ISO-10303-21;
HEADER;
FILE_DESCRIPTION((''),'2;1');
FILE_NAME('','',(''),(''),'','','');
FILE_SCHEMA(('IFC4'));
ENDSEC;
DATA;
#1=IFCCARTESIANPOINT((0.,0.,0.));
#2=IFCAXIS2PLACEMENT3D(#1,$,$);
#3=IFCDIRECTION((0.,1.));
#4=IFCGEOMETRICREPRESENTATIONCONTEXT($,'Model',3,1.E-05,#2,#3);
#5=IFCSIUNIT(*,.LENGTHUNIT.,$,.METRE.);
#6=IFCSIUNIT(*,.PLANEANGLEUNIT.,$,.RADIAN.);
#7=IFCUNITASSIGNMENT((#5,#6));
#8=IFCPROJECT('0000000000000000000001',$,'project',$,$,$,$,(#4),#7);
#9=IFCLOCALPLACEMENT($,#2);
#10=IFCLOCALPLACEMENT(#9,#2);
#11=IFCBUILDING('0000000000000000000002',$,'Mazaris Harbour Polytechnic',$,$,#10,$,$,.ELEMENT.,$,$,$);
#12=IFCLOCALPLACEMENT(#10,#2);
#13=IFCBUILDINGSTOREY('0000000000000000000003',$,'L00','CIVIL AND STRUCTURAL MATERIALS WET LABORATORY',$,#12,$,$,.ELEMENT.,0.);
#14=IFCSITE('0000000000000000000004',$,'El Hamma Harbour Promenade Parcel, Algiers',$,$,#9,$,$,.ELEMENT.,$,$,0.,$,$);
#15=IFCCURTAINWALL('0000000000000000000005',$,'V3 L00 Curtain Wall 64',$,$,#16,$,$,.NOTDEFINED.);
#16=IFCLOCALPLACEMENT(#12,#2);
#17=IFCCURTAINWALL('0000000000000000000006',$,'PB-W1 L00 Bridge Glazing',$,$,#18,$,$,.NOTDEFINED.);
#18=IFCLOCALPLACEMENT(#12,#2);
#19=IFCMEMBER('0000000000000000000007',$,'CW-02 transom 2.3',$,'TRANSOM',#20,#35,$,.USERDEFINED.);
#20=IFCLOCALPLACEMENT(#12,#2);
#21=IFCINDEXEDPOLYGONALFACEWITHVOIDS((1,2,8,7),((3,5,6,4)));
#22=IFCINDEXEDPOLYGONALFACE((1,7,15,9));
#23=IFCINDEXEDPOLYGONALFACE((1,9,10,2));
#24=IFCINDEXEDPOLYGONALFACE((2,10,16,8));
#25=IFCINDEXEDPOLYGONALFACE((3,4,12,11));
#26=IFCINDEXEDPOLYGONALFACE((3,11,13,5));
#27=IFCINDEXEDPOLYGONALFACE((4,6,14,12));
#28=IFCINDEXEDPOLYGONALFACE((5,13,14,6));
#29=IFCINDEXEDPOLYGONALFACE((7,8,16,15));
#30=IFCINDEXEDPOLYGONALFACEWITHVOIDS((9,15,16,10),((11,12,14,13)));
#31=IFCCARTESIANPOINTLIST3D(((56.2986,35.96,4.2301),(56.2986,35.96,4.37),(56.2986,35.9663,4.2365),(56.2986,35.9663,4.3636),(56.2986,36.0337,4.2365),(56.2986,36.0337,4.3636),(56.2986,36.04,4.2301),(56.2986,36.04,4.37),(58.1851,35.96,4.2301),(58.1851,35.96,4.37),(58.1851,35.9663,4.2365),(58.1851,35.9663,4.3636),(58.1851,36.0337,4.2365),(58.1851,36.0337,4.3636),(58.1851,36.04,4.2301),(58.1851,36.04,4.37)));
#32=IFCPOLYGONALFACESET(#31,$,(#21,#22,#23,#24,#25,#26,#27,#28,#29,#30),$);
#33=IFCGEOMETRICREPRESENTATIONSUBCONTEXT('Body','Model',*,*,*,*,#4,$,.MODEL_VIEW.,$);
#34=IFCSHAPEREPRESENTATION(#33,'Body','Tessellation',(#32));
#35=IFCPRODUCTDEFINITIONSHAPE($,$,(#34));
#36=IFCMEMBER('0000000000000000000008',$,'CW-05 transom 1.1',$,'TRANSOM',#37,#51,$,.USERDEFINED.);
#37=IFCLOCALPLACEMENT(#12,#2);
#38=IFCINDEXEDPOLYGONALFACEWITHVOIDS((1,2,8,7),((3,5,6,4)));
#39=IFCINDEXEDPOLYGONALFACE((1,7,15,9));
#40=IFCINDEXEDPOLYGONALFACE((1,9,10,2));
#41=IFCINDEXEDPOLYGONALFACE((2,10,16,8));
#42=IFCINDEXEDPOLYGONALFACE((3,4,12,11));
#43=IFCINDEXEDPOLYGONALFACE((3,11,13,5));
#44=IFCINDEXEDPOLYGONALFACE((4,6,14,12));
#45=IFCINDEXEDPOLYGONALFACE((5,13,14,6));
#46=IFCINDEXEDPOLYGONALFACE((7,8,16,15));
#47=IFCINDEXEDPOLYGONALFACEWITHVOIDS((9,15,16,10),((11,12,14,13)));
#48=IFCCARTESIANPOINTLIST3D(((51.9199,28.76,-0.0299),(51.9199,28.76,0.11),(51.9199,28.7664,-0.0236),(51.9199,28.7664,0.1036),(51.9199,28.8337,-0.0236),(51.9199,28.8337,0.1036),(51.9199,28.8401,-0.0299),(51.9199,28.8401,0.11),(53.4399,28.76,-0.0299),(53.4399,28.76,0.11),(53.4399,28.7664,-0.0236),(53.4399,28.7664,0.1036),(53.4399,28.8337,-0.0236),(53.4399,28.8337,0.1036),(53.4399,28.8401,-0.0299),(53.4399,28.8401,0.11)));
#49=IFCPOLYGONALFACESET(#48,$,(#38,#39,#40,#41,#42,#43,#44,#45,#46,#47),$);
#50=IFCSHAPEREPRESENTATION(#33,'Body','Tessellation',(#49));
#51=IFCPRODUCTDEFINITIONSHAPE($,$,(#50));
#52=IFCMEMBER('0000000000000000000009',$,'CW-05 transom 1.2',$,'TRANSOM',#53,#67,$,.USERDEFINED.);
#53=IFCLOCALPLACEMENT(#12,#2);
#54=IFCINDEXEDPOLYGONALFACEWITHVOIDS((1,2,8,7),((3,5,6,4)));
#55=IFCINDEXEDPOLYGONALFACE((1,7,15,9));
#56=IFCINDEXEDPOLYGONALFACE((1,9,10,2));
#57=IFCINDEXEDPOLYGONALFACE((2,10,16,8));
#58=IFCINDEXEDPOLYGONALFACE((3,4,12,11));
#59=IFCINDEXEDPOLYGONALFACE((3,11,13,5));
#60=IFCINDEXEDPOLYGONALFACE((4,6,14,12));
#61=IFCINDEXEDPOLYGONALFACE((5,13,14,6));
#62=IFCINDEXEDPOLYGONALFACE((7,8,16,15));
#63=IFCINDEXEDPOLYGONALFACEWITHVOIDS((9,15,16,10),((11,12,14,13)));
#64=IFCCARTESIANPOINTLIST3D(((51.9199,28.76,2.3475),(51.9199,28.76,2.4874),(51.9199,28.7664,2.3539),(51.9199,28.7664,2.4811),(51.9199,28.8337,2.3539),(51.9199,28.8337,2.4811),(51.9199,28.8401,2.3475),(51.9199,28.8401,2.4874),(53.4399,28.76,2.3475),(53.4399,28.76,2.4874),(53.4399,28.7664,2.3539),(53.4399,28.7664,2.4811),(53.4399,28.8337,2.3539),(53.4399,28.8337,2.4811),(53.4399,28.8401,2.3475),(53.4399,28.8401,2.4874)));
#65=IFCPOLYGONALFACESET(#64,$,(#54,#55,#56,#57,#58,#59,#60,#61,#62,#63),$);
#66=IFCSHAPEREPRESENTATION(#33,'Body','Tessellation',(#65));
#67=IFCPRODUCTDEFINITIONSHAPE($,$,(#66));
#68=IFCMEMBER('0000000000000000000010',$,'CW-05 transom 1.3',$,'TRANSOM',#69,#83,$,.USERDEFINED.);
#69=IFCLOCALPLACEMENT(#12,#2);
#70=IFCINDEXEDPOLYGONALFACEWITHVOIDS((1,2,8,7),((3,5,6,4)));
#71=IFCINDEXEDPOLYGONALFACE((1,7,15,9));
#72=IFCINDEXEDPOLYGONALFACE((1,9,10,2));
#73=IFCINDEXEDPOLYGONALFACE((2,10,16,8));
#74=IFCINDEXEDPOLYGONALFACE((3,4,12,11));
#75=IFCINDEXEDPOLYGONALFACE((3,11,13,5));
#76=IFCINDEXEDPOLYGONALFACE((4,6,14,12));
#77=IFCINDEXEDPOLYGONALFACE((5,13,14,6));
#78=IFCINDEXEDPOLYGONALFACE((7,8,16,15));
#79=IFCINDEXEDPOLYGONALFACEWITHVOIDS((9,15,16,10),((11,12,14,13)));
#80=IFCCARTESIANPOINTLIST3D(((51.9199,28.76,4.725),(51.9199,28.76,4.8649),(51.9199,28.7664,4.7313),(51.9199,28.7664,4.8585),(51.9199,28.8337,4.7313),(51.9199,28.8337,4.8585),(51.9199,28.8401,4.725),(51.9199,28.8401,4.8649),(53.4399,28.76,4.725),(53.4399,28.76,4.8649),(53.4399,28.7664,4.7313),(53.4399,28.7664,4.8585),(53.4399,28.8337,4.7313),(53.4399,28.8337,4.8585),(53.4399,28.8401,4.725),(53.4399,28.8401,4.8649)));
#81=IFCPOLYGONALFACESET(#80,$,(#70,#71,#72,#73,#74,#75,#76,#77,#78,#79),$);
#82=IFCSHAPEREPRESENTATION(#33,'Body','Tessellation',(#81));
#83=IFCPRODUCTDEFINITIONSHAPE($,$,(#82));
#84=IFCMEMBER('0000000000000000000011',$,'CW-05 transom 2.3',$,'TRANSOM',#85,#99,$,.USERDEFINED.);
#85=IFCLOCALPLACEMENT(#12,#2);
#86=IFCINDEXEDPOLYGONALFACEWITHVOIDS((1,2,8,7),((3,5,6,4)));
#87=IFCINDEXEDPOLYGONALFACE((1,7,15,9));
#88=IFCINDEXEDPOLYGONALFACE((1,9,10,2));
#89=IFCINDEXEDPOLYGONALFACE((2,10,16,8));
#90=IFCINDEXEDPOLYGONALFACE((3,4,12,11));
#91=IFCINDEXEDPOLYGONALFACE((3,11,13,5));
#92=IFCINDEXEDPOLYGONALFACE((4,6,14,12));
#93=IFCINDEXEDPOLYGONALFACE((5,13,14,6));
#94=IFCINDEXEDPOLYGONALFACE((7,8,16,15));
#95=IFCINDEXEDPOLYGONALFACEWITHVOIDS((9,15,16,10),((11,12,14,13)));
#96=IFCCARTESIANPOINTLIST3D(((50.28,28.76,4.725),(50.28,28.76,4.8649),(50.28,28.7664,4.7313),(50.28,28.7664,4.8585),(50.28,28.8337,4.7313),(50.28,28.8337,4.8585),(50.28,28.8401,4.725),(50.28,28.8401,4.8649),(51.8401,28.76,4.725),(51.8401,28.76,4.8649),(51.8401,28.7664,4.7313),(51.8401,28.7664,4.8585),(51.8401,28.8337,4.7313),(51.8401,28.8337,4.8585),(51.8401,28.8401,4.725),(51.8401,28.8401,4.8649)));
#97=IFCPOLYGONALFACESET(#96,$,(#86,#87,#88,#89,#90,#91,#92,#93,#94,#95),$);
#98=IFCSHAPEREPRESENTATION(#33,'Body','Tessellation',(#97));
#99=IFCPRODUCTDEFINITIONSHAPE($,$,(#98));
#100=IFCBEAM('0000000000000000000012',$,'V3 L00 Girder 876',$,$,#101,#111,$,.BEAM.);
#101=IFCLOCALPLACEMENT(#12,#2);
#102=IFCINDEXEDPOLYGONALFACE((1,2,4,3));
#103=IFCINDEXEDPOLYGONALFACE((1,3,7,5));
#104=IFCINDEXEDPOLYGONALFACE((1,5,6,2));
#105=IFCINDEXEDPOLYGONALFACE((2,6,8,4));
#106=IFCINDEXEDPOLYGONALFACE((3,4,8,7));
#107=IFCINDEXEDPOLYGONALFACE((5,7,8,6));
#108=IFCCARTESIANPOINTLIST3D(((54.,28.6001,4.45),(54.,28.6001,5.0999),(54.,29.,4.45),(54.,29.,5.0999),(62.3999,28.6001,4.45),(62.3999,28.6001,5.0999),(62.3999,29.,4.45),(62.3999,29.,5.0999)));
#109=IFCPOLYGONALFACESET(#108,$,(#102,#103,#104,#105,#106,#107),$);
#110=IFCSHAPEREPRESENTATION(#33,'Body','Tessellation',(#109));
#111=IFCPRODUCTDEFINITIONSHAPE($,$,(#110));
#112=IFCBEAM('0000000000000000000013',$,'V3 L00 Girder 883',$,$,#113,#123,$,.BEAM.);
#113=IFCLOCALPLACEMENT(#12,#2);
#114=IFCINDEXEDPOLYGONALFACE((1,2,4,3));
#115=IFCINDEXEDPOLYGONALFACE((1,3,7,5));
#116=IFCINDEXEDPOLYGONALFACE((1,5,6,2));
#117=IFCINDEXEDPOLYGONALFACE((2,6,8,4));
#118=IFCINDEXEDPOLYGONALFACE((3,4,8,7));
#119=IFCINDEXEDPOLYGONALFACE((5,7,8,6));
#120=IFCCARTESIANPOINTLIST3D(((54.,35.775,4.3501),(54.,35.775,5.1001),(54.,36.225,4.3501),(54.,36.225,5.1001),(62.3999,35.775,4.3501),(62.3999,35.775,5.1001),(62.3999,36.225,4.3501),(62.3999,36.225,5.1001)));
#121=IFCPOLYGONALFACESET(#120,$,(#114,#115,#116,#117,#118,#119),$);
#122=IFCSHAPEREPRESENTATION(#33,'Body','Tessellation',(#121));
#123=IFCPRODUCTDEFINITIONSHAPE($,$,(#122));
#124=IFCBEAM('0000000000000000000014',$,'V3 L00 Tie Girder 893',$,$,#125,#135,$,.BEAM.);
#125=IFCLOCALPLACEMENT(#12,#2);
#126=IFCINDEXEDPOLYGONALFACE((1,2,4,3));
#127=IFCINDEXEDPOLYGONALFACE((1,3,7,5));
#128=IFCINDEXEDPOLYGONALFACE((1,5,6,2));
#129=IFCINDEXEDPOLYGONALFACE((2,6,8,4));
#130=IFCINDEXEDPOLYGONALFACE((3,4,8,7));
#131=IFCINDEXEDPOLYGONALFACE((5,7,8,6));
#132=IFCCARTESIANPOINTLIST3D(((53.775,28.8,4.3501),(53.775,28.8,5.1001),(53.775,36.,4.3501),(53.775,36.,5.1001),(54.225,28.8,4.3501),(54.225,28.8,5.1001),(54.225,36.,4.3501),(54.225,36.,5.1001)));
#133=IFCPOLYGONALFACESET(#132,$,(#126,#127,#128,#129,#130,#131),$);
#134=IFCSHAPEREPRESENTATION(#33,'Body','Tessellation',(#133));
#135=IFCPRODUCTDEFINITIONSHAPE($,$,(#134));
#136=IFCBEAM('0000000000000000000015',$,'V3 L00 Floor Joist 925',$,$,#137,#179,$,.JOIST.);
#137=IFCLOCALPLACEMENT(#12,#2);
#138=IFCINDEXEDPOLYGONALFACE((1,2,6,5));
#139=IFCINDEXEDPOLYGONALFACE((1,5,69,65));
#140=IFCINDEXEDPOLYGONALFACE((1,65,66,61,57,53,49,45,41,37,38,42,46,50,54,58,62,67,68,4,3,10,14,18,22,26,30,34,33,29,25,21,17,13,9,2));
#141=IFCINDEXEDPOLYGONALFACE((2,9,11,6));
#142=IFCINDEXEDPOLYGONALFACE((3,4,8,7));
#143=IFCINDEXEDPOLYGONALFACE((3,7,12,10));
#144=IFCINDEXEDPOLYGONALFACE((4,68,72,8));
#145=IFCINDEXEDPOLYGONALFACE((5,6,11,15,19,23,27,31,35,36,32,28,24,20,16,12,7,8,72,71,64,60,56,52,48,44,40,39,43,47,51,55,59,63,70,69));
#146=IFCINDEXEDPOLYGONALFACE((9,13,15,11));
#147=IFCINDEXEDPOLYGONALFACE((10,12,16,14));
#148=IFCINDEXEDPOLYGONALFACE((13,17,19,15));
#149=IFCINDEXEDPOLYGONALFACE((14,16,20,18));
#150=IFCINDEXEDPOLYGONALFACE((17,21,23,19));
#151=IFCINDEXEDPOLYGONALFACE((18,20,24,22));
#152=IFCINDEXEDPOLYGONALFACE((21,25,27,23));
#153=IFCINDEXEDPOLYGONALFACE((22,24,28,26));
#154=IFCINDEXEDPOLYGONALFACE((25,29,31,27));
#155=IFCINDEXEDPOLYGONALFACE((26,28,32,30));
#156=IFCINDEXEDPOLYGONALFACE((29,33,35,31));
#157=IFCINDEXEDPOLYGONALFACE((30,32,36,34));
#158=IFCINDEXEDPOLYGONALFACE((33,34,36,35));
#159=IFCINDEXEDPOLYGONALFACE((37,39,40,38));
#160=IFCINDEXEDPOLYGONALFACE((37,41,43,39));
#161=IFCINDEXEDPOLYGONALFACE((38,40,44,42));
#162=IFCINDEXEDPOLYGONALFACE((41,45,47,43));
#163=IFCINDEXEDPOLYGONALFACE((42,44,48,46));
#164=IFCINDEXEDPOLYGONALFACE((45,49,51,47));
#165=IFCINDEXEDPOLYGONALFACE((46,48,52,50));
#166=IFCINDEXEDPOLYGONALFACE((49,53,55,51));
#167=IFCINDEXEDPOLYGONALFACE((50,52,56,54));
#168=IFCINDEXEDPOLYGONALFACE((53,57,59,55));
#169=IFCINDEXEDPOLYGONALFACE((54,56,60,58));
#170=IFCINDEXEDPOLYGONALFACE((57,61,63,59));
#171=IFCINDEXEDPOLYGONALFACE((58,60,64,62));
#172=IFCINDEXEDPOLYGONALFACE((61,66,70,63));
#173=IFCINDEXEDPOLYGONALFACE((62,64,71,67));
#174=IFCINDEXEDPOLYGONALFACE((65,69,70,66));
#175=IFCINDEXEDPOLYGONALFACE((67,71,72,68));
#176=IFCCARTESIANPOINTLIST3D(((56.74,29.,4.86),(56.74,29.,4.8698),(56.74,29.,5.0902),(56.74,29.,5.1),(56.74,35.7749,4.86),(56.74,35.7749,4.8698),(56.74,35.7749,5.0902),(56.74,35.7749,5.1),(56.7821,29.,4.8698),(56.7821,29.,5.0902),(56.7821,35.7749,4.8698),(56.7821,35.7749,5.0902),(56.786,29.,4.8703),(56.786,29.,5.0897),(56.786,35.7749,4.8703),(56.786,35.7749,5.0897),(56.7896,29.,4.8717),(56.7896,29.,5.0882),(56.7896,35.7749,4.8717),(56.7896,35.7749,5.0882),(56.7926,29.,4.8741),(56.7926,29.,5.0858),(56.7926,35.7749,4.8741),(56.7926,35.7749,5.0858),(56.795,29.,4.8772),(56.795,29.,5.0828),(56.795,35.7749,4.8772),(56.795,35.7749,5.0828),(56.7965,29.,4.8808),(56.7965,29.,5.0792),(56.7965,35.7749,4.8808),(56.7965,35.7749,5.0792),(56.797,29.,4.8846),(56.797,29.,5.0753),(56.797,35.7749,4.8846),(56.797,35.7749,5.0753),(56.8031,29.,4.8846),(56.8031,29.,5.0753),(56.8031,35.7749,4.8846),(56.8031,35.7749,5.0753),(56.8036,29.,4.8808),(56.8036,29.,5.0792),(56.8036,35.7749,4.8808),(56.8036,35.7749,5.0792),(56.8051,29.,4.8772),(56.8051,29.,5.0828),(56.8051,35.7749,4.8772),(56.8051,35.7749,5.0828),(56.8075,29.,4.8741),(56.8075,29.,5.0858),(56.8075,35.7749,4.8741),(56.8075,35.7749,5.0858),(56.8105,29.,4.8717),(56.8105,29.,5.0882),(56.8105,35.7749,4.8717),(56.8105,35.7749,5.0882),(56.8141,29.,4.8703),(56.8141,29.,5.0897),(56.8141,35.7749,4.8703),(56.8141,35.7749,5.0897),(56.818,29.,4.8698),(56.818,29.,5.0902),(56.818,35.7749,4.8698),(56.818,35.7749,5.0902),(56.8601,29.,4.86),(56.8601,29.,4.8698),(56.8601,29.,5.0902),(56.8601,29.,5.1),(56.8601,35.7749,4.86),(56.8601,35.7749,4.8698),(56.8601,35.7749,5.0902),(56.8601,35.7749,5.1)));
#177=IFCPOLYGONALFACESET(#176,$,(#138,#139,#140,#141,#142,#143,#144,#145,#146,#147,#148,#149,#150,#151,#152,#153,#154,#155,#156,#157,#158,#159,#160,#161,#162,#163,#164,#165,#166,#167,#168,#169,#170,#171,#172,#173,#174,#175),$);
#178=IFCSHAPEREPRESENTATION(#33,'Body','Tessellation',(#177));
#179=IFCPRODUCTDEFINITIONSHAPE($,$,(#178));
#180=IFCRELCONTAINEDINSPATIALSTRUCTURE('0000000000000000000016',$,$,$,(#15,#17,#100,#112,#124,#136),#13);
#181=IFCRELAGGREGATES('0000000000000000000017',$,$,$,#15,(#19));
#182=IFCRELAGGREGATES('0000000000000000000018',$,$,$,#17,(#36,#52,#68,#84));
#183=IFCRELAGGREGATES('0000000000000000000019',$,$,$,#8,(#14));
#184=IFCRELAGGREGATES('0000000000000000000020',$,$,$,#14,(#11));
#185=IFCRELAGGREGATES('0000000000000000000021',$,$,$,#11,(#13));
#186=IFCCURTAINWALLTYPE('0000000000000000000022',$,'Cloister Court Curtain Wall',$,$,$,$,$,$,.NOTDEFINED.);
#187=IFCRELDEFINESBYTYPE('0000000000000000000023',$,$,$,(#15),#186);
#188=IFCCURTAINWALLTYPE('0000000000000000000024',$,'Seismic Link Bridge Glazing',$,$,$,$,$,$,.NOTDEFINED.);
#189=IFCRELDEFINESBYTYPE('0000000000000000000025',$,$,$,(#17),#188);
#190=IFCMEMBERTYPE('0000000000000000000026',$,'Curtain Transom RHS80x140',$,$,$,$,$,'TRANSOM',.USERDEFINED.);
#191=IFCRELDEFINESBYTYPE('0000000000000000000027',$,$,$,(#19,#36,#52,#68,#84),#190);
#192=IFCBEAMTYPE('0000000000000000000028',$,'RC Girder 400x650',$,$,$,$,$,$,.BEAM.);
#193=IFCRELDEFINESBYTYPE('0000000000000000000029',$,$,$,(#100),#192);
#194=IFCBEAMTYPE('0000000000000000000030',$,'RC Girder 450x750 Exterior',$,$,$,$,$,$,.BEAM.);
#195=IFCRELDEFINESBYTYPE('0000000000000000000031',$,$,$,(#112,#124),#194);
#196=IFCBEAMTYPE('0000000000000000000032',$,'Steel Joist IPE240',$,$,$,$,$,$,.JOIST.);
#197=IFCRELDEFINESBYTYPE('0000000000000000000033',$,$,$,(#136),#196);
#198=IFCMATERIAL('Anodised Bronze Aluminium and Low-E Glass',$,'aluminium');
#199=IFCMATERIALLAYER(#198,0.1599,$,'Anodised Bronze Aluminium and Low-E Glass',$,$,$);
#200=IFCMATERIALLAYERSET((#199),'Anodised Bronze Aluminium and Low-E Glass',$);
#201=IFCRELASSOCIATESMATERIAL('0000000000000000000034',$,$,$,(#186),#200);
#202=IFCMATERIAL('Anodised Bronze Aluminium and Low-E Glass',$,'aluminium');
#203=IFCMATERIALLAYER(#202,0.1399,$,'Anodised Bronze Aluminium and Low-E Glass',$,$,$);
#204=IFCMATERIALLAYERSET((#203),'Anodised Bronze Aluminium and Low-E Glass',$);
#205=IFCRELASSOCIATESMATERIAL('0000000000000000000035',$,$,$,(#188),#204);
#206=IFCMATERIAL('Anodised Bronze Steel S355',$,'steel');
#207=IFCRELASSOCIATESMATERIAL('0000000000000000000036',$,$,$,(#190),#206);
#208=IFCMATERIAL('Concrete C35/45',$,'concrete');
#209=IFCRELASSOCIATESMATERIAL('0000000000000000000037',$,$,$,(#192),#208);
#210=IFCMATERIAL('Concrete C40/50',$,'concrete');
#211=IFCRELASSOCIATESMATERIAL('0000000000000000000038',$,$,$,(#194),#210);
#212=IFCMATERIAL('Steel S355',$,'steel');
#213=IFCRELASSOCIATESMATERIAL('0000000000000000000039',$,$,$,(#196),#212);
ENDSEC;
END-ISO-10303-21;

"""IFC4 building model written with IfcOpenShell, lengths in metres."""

from ifc_helpers import new_model, si_unit, direction, frame, origin, origin_2d, place, context, subcontext, project, spatial, rectangle, hollow_rectangle, i_section, extrude, material, layer, layer_set, material_profile, profile_set, type_object, element, aggregate, save


model = new_model("IFC4")

# Units and contexts
model_context = context("Model", 3, precision=1e-05, world=origin(), true_north=direction((0.0, 1.0)))
body_context = subcontext(model_context, "Body", "Model", "MODEL_VIEW")
ifc_project = project(units=[si_unit("LENGTHUNIT", "METRE"), si_unit("PLANEANGLEUNIT", "RADIAN")], contexts=[model_context])

# Site, building, storey
site_placement = place(None, origin())
site = spatial("IfcSite", under=ifc_project, at=site_placement, Name="El Hamma Harbour Promenade Parcel, Algiers", CompositionType="ELEMENT", RefElevation=0.0)
building_placement = place(site_placement, origin())
building = spatial("IfcBuilding", under=site, at=building_placement, Name="Mazaris Harbour Polytechnic", CompositionType="ELEMENT")
storey_placement = place(building_placement, origin())
storey = spatial("IfcBuildingStorey", under=building, at=storey_placement, Name="L00", Description="CIVIL AND STRUCTURAL MATERIALS WET LABORATORY", CompositionType="ELEMENT", Elevation=0.0)

# Curtain walls
ifc_material_1 = material(Name="Anodised Bronze Aluminium and Low-E Glass", Category="aluminium")
ifc_layer_1 = layer(ifc_material_1, 0.1599, Name="Anodised Bronze Aluminium and Low-E Glass")
ifc_layer_set_1 = layer_set([ifc_layer_1], Name="Anodised Bronze Aluminium and Low-E Glass")
curtain_wall_type_1 = type_object("IfcCurtainWallType", Name="Cloister Court Curtain Wall", PredefinedType="NOTDEFINED", material=ifc_layer_set_1)
curtain_wall_1_placement = place(storey_placement, origin())
curtain_wall_1 = element("IfcCurtainWall", 1, at=curtain_wall_1_placement, inside=storey, type_object=curtain_wall_type_1, Name="V3 L00 Curtain Wall 64", PredefinedType="NOTDEFINED")
ifc_material_2 = material(Name="Anodised Bronze Aluminium and Low-E Glass", Category="aluminium")
ifc_layer_2 = layer(ifc_material_2, 0.1399, Name="Anodised Bronze Aluminium and Low-E Glass")
ifc_layer_set_2 = layer_set([ifc_layer_2], Name="Anodised Bronze Aluminium and Low-E Glass")
curtain_wall_type_2 = type_object("IfcCurtainWallType", Name="Seismic Link Bridge Glazing", PredefinedType="NOTDEFINED", material=ifc_layer_set_2)
curtain_wall_2_placement = place(storey_placement, origin())
curtain_wall_2 = element("IfcCurtainWall", 2, at=curtain_wall_2_placement, inside=storey, type_object=curtain_wall_type_2, Name="PB-W1 L00 Bridge Glazing", PredefinedType="NOTDEFINED")

# Members
ifc_material_3 = material(Name="Anodised Bronze Steel S355", Category="steel")
ifc_material_profile_1 = material_profile(ifc_material_3, hollow_rectangle(XDim=0.0801, YDim=0.1399, WallThickness=0.0063, at=origin_2d()), Name="RHS 80x140x6.3")
ifc_profile_set_1 = profile_set([ifc_material_profile_1], Name="Anodised Bronze Steel S355")
member_type_1 = type_object("IfcMemberType", Name="Curtain Transom RHS80x140", ElementType="TRANSOM", PredefinedType="USERDEFINED", material=ifc_profile_set_1)
member_1_placement = place(storey_placement, frame((56.2986, 36.0, 4.3), z_axis=(1.0, 0.0, 0.0), x_axis=(0.0, 1.0, 0.0)))
member_1 = element("IfcMember", 3, at=member_1_placement, type_object=member_type_1, Name="CW-02 transom 2.3", ObjectType="TRANSOM", PredefinedType="USERDEFINED", context=body_context, shape_type="SweptSolid", body=[
    extrude(hollow_rectangle(XDim=0.0801, YDim=0.1399, WallThickness=0.0063, at=origin_2d()), origin(), (0.0, 0.0, 1.0), 1.8865),
])
member_2_placement = place(storey_placement, frame((53.4399, 28.8, 0.04), z_axis=(-1.0, 0.0, 0.0), x_axis=(0.0, -1.0, 0.0)))
member_2 = element("IfcMember", 4, at=member_2_placement, type_object=member_type_1, Name="CW-05 transom 1.1", ObjectType="TRANSOM", PredefinedType="USERDEFINED", context=body_context, shape_type="SweptSolid", body=[
    extrude(hollow_rectangle(XDim=0.0801, YDim=0.1399, WallThickness=0.0063, at=origin_2d()), origin(), (0.0, 0.0, 1.0), 1.52),
])
member_3_placement = place(storey_placement, frame((53.4399, 28.8, 2.4175), z_axis=(-1.0, 0.0, 0.0), x_axis=(0.0, -1.0, 0.0)))
member_3 = element("IfcMember", 5, at=member_3_placement, type_object=member_type_1, Name="CW-05 transom 1.2", ObjectType="TRANSOM", PredefinedType="USERDEFINED", context=body_context, shape_type="SweptSolid", body=[
    extrude(hollow_rectangle(XDim=0.0801, YDim=0.1399, WallThickness=0.0063, at=origin_2d()), origin(), (0.0, 0.0, 1.0), 1.52),
])
member_4_placement = place(storey_placement, frame((53.4399, 28.8, 4.7949), z_axis=(-1.0, 0.0, 0.0), x_axis=(0.0, -1.0, 0.0)))
member_4 = element("IfcMember", 6, at=member_4_placement, type_object=member_type_1, Name="CW-05 transom 1.3", ObjectType="TRANSOM", PredefinedType="USERDEFINED", context=body_context, shape_type="SweptSolid", body=[
    extrude(hollow_rectangle(XDim=0.0801, YDim=0.1399, WallThickness=0.0063, at=origin_2d()), origin(), (0.0, 0.0, 1.0), 1.52),
])
member_5_placement = place(storey_placement, frame((51.8401, 28.8, 4.7949), z_axis=(-1.0, 0.0, 0.0), x_axis=(0.0, -1.0, 0.0)))
member_5 = element("IfcMember", 7, at=member_5_placement, type_object=member_type_1, Name="CW-05 transom 2.3", ObjectType="TRANSOM", PredefinedType="USERDEFINED", context=body_context, shape_type="SweptSolid", body=[
    extrude(hollow_rectangle(XDim=0.0801, YDim=0.1399, WallThickness=0.0063, at=origin_2d()), origin(), (0.0, 0.0, 1.0), 1.5601),
])

# Beams
ifc_material_4 = material(Name="Concrete C35/45", Category="concrete")
ifc_material_profile_2 = material_profile(ifc_material_4, rectangle(XDim=0.3999, YDim=0.6499, at=origin_2d()), Name="RECT400x650")
ifc_profile_set_2 = profile_set([ifc_material_profile_2], Name="Concrete C35/45")
beam_type_1 = type_object("IfcBeamType", Name="RC Girder 400x650", PredefinedType="BEAM", material=ifc_profile_set_2)
beam_1_placement = place(storey_placement, frame((54.0, 28.8, 4.7749), z_axis=(1.0, 0.0, 0.0), x_axis=(0.0, 1.0, 0.0)))
element("IfcBeam", 8, at=beam_1_placement, inside=storey, type_object=beam_type_1, Name="V3 L00 Girder 876", PredefinedType="BEAM", context=body_context, shape_type="SweptSolid", body=[
    extrude(rectangle(XDim=0.3999, YDim=0.6499, at=origin_2d()), origin(), (0.0, 0.0, 1.0), 8.3999),
])
ifc_material_5 = material(Name="Concrete C40/50", Category="concrete")
ifc_material_profile_3 = material_profile(ifc_material_5, rectangle(XDim=0.45, YDim=0.75, at=origin_2d()), Name="RECT450x750")
ifc_profile_set_3 = profile_set([ifc_material_profile_3], Name="Concrete C40/50")
beam_type_2 = type_object("IfcBeamType", Name="RC Girder 450x750 Exterior", PredefinedType="BEAM", material=ifc_profile_set_3)
beam_2_placement = place(storey_placement, frame((54.0, 36.0, 4.7251), z_axis=(1.0, 0.0, 0.0), x_axis=(0.0, 1.0, 0.0)))
element("IfcBeam", 9, at=beam_2_placement, inside=storey, type_object=beam_type_2, Name="V3 L00 Girder 883", PredefinedType="BEAM", context=body_context, shape_type="SweptSolid", body=[
    extrude(rectangle(XDim=0.45, YDim=0.75, at=origin_2d()), origin(), (0.0, 0.0, 1.0), 8.3999),
])
beam_3_placement = place(storey_placement, frame((54.0, 28.8, 4.7251), z_axis=(0.0, 1.0, 0.0), x_axis=(-1.0, 0.0, 0.0)))
element("IfcBeam", 10, at=beam_3_placement, inside=storey, type_object=beam_type_2, Name="V3 L00 Tie Girder 893", PredefinedType="BEAM", context=body_context, shape_type="SweptSolid", body=[
    extrude(rectangle(XDim=0.45, YDim=0.75, at=origin_2d()), origin(), (0.0, 0.0, 1.0), 7.2),
])
ifc_material_6 = material(Name="Steel S355", Category="steel")
ifc_material_profile_4 = material_profile(ifc_material_6, i_section(OverallWidth=0.1201, OverallDepth=0.24, WebThickness=0.0061, FlangeThickness=0.0098, FilletRadius=0.0149, at=origin_2d()), Name="IPE 240")
ifc_profile_set_4 = profile_set([ifc_material_profile_4], Name="Steel S355")
beam_type_3 = type_object("IfcBeamType", Name="Steel Joist IPE240", PredefinedType="JOIST", material=ifc_profile_set_4)
beam_4_placement = place(storey_placement, frame((56.8, 29.0, 4.98), z_axis=(0.0, 1.0, 0.0), x_axis=(-1.0, 0.0, 0.0)))
element("IfcBeam", 11, at=beam_4_placement, inside=storey, type_object=beam_type_3, Name="V3 L00 Floor Joist 925", PredefinedType="JOIST", context=body_context, shape_type="SweptSolid", body=[
    extrude(i_section(OverallWidth=0.1201, OverallDepth=0.24, WebThickness=0.0061, FlangeThickness=0.0098, FilletRadius=0.0149, at=origin_2d()), origin(), (0.0, 0.0, 1.0), 6.7749),
])

aggregate(curtain_wall_1, [member_1])
aggregate(curtain_wall_2, [member_2, member_3, member_4, member_5])

save(model, "model.ifc")
